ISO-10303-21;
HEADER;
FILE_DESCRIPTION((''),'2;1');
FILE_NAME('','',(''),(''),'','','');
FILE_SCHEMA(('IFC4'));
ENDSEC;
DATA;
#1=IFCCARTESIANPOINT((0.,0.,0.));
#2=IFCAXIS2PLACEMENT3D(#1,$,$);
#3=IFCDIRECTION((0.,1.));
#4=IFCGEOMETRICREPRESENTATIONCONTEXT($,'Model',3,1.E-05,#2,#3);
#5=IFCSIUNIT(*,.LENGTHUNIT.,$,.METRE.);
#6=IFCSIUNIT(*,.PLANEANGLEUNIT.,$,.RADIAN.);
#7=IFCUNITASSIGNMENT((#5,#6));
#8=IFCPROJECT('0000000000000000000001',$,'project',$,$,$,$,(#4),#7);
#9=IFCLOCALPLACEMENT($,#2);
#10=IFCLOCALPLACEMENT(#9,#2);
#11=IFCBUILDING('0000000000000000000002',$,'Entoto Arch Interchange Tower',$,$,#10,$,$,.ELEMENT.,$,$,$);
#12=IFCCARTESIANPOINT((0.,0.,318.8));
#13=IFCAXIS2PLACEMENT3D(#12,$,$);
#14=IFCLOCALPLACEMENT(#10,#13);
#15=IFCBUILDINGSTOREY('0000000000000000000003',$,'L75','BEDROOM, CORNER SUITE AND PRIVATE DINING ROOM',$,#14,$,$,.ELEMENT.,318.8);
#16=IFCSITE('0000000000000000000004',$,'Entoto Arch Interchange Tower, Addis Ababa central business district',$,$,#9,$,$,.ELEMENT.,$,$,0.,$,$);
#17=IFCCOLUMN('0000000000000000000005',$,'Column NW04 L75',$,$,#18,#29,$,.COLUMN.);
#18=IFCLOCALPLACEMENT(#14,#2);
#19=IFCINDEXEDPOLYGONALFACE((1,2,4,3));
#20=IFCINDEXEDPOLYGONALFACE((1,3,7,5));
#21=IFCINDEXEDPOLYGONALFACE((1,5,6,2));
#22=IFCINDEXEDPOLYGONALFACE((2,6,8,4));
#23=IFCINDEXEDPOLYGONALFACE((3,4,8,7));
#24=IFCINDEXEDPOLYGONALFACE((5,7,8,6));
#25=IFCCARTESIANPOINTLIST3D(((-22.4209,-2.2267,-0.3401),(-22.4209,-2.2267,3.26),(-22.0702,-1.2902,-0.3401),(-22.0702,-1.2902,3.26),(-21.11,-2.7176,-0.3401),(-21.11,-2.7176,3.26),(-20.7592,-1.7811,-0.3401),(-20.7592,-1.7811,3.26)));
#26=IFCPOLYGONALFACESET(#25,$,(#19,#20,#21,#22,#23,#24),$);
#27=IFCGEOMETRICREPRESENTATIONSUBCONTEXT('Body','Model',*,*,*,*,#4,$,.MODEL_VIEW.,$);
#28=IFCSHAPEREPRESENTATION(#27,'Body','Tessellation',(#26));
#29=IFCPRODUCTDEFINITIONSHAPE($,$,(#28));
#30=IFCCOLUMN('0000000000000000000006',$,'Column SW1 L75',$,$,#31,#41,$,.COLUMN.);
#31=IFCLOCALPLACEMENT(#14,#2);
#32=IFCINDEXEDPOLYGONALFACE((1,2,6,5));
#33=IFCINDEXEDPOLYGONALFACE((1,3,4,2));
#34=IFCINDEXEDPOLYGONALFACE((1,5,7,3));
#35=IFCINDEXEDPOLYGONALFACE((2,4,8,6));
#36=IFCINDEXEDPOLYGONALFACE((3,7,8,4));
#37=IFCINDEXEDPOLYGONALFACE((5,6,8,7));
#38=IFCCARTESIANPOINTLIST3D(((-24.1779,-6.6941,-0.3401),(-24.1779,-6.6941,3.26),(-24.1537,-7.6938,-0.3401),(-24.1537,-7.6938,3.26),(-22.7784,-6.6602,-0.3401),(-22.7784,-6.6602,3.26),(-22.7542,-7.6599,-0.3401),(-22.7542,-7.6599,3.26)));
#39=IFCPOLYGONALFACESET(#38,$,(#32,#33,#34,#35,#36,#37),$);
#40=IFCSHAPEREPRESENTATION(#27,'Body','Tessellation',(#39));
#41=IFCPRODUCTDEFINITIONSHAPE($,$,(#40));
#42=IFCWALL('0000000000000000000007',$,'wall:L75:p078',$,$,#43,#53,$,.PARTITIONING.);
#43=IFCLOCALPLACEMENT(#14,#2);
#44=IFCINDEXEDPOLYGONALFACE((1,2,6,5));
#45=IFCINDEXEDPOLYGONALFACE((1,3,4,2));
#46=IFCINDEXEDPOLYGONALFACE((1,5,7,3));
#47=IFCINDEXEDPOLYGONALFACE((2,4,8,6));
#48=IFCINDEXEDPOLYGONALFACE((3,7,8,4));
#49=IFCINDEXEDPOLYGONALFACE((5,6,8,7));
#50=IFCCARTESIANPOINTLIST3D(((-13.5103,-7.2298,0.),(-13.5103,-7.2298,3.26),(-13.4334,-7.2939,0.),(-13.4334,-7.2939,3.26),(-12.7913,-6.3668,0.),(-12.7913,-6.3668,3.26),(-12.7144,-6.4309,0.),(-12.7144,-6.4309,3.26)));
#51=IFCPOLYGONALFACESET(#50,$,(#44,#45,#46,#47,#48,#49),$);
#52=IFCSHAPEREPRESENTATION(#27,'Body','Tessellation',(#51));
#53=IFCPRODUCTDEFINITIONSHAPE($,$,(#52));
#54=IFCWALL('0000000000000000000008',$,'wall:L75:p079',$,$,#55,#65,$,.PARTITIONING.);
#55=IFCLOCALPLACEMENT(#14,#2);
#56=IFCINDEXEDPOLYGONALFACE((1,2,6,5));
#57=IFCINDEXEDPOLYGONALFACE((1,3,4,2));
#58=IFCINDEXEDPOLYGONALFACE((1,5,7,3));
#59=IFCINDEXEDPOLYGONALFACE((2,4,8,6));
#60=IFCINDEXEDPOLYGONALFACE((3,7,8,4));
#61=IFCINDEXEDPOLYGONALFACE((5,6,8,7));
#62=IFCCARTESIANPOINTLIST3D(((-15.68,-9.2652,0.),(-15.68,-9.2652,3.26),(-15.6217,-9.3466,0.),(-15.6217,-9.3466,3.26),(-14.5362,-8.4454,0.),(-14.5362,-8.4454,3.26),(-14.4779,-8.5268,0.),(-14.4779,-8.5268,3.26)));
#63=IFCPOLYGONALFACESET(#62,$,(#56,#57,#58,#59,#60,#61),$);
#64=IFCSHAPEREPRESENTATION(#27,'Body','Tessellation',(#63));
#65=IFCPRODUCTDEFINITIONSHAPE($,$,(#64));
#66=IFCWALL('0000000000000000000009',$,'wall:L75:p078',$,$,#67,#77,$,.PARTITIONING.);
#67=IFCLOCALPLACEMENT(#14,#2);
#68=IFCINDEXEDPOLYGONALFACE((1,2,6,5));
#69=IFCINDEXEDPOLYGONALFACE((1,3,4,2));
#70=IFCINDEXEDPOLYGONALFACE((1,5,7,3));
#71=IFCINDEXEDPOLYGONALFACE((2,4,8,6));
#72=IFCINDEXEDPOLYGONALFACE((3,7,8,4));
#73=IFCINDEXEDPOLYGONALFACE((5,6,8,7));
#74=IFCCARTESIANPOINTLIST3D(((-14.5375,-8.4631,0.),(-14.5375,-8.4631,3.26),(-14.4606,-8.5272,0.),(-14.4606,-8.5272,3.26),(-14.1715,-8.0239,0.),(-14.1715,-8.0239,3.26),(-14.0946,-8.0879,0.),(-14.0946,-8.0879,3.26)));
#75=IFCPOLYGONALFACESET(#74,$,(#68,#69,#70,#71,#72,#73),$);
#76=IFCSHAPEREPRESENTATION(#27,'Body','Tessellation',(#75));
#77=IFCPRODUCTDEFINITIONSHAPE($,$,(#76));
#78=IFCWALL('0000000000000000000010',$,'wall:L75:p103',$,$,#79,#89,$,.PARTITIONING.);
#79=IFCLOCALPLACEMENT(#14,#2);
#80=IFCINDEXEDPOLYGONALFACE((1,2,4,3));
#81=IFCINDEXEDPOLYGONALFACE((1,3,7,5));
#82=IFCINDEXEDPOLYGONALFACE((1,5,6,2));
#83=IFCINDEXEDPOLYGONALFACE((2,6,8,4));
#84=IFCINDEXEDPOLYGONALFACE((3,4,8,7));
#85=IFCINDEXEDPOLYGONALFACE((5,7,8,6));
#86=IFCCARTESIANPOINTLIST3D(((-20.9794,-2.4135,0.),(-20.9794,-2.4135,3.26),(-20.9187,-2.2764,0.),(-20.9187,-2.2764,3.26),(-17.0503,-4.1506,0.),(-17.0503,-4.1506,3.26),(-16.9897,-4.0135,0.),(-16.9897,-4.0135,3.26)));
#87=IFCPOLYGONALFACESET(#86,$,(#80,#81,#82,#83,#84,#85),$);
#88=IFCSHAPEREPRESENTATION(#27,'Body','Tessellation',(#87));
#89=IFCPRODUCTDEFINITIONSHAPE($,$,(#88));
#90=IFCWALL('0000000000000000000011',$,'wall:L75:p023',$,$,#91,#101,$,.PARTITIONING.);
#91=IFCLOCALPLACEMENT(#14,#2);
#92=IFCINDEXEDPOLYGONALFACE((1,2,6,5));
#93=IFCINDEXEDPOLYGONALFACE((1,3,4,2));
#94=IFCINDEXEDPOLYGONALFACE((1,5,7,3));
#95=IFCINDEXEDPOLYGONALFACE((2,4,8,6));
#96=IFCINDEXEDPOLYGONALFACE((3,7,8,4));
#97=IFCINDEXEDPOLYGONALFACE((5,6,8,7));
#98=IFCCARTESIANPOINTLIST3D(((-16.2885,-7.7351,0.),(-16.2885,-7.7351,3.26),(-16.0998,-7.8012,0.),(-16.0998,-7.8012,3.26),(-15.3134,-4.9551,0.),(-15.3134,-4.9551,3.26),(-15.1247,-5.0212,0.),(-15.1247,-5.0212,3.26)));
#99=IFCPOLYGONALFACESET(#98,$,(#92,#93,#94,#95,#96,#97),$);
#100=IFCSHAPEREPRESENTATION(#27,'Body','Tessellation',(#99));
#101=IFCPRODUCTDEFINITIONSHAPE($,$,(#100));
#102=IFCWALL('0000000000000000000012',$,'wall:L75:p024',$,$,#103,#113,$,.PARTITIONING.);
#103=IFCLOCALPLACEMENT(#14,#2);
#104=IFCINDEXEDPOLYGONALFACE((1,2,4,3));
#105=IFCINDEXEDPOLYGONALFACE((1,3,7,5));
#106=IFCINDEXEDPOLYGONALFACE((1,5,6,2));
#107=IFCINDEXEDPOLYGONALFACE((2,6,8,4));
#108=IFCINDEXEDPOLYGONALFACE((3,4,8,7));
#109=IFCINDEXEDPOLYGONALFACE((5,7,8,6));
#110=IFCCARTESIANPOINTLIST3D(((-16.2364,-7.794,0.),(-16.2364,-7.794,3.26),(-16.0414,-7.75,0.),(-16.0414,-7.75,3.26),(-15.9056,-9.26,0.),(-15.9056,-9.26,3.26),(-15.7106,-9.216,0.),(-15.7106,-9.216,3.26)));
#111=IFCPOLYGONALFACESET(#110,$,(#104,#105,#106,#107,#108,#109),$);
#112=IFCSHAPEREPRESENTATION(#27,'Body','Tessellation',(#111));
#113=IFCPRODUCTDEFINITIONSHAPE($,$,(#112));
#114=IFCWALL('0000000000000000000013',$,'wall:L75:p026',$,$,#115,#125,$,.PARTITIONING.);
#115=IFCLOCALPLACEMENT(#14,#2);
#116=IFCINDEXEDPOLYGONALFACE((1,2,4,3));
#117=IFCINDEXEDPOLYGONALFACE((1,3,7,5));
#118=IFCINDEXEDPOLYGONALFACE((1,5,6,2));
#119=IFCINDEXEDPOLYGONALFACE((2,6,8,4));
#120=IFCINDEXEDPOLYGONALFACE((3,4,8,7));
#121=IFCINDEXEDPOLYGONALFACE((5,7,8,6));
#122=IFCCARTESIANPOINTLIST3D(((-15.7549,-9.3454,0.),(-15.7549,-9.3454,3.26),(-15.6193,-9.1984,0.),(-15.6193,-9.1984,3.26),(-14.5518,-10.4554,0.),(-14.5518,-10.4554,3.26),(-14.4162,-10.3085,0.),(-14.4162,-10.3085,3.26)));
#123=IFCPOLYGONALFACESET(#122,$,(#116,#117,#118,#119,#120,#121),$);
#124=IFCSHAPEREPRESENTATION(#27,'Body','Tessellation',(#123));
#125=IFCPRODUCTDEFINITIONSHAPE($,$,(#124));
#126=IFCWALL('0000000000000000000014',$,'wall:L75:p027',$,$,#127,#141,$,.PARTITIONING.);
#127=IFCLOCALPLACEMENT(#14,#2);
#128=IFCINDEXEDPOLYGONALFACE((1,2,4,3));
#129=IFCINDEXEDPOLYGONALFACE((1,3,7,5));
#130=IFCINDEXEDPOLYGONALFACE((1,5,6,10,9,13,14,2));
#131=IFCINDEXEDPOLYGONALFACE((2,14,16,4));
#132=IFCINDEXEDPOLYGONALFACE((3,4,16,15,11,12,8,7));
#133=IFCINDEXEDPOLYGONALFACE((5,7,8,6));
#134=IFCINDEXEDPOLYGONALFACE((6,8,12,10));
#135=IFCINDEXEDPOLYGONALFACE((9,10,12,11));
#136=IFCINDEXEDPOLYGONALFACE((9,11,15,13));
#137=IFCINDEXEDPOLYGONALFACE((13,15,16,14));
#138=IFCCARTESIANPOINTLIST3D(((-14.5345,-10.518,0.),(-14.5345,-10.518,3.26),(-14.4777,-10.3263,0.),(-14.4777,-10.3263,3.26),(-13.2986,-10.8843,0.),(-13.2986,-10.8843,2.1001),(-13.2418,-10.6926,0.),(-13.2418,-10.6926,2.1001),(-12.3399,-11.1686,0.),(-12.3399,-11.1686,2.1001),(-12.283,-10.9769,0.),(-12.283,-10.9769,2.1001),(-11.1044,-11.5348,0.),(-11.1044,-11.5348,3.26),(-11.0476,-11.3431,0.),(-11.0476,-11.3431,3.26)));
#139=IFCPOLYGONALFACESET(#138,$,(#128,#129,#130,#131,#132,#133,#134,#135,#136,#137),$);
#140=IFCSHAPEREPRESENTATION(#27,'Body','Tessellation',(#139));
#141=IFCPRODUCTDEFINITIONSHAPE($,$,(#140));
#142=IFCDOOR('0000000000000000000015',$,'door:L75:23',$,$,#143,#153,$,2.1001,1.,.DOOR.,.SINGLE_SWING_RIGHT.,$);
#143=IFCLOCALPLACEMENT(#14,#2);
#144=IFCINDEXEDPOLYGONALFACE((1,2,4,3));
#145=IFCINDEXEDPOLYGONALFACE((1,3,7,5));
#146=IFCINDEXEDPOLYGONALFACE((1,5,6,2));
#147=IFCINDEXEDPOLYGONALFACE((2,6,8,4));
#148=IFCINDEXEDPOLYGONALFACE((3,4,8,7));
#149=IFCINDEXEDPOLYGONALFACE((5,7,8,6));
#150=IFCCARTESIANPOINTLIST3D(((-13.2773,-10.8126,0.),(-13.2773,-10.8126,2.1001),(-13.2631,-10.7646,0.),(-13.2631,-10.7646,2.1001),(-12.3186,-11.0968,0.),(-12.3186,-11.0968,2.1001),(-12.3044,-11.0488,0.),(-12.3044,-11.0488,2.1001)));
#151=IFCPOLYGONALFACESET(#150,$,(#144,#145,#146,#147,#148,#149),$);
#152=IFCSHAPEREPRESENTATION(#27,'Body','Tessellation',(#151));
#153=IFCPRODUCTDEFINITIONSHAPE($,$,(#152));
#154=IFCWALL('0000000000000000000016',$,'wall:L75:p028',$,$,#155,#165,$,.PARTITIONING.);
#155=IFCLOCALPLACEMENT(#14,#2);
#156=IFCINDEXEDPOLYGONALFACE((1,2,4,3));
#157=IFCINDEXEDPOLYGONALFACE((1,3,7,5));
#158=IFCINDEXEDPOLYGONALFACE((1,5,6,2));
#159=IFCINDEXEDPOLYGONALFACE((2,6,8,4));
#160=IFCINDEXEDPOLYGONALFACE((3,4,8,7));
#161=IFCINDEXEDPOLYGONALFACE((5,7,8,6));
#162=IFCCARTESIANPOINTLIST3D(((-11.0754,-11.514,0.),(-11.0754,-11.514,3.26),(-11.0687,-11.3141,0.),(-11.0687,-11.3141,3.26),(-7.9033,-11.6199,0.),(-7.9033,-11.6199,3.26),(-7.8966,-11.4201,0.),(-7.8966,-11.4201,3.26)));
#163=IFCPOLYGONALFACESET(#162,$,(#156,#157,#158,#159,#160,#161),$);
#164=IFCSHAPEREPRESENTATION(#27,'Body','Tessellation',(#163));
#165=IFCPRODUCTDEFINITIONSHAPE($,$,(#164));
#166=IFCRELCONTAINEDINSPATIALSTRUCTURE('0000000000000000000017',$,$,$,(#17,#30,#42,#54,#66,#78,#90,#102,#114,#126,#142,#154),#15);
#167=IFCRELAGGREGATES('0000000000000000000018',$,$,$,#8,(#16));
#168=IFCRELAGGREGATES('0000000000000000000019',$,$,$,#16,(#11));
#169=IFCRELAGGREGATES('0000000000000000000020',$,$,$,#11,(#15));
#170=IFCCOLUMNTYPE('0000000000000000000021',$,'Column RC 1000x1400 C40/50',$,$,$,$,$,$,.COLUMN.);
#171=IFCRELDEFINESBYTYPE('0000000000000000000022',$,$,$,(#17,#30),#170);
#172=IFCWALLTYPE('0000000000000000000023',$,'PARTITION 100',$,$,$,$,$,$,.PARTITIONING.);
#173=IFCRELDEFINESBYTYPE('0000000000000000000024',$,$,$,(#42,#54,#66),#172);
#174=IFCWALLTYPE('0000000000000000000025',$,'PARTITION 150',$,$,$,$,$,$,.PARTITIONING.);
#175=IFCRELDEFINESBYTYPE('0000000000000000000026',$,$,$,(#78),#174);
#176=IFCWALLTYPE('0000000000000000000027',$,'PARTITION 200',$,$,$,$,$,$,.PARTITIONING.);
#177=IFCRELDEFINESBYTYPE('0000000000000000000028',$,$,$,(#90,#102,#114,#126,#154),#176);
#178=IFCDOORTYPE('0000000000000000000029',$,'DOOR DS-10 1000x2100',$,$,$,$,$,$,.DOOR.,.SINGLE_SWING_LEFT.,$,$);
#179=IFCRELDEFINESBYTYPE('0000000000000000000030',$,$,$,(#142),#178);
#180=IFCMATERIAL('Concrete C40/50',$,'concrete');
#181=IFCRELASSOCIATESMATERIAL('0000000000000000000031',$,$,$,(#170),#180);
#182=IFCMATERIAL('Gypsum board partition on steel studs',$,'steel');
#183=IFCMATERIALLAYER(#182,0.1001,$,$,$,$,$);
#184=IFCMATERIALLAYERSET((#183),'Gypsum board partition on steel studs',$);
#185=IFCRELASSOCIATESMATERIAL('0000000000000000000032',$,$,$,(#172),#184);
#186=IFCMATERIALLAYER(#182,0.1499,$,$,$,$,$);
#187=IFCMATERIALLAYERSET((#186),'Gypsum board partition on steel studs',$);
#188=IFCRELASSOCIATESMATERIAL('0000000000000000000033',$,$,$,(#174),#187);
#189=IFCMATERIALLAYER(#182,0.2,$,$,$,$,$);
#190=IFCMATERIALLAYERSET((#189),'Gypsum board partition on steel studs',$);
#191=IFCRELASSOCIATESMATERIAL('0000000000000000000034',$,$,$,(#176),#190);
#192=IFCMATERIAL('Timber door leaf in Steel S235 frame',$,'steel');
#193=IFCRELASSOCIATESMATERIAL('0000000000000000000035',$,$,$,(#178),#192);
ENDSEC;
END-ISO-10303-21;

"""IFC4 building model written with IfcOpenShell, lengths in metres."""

from ifc_helpers import new_model, si_unit, direction, frame, frame_2d, origin, origin_2d, place, context, subcontext, project, spatial, rectangle, extrude, material, layer, layer_set, material_profile, profile_set, type_object, element, fill, save


model = new_model("IFC4")

# Units and contexts
model_context = context("Model", 3, precision=1e-05, world=origin(), true_north=direction((0.0, 1.0)))
body_context = subcontext(model_context, "Body", "Model", "MODEL_VIEW")
ifc_project = project(units=[si_unit("LENGTHUNIT", "METRE"), si_unit("PLANEANGLEUNIT", "RADIAN")], contexts=[model_context])

# Site, building, storey
site_placement = place(None, origin())
site = spatial("IfcSite", under=ifc_project, at=site_placement, Name="Entoto Arch Interchange Tower, Addis Ababa central business district", CompositionType="ELEMENT", RefElevation=0.0)
building_placement = place(site_placement, origin())
building = spatial("IfcBuilding", under=site, at=building_placement, Name="Entoto Arch Interchange Tower", CompositionType="ELEMENT")
storey_placement = place(building_placement, frame((0.0, 0.0, 318.8)))
storey = spatial("IfcBuildingStorey", under=building, at=storey_placement, Name="L75", Description="BEDROOM, CORNER SUITE AND PRIVATE DINING ROOM", CompositionType="ELEMENT", Elevation=318.8)

# Columns
ifc_material_1 = material(Name="Concrete C40/50", Category="concrete")
ifc_material_profile = material_profile(ifc_material_1, rectangle(XDim=1.0, YDim=1.3999, at=origin_2d()))
ifc_profile_set = profile_set([ifc_material_profile], Name="Concrete C40/50")
column_type = type_object("IfcColumnType", Name="Column RC 1000x1400 C40/50", PredefinedType="COLUMN", material=ifc_profile_set)
for number, where, z_axis, x_axis, name in (
    (1, (-21.5901, -2.0039, -0.3401), (0.0, 0.0, 1.0), (0.350714, 0.936483, 0.0), "Column NW04 L75"),
    (2, (-23.4661, -7.177, -0.3401), (0.0, 0.0, 1.0), (-0.024258, 0.999706, 0.0), "Column SW1 L75"),
):
    element("IfcColumn", number, at=place(storey_placement, frame(where, z_axis=z_axis, x_axis=x_axis)), inside=storey, type_object=column_type, Name=name, PredefinedType="COLUMN", context=body_context, shape_type="SweptSolid", body=[
        extrude(rectangle(XDim=1.0, YDim=1.3999, at=origin_2d()), origin(), (0.0, 0.0, 1.0), 3.6001),
    ])

# Walls
ifc_material_2 = material(Name="Gypsum board partition on steel studs", Category="steel")
ifc_layer_1 = layer(ifc_material_2, 0.1001)
ifc_layer_set_1 = layer_set([ifc_layer_1], Name="Gypsum board partition on steel studs")
wall_type_1 = type_object("IfcWallType", Name="PARTITION 100", PredefinedType="PARTITIONING", material=ifc_layer_set_1)
wall_1_placement = place(storey_placement, frame((-12.7529, -6.3989, 0.0), z_axis=(0.0, 0.0, 1.0), x_axis=(-0.640078, -0.76831, 0.0)))
element("IfcWall", 3, at=wall_1_placement, inside=storey, type_object=wall_type_1, Name="wall:L75:p078", PredefinedType="PARTITIONING", context=body_context, shape_type="SweptSolid", body=[
    extrude(rectangle(XDim=1.1233, YDim=0.1001, at=frame_2d((0.5615, 0.0))), origin(), (0.0, 0.0, 1.0), 3.26),
])
wall_2_placement = place(storey_placement, frame((-14.5071, -8.4861, 0.0), z_axis=(0.0, 0.0, 1.0), x_axis=(-0.812783, -0.582567, 0.0)))
element("IfcWall", 4, at=wall_2_placement, inside=storey, type_object=wall_type_1, Name="wall:L75:p079", PredefinedType="PARTITIONING", context=body_context, shape_type="SweptSolid", body=[
    extrude(rectangle(XDim=1.4072, YDim=0.1001, at=frame_2d((0.7036, 0.0))), origin(), (0.0, 0.0, 1.0), 3.26),
])
wall_3_placement = place(storey_placement, frame((-14.1331, -8.0559, 0.0), z_axis=(0.0, 0.0, 1.0), x_axis=(-0.640142, -0.768256, 0.0)))
element("IfcWall", 5, at=wall_3_placement, inside=storey, type_object=wall_type_1, Name="wall:L75:p078", PredefinedType="PARTITIONING", context=body_context, shape_type="SweptSolid", body=[
    extrude(rectangle(XDim=0.5718, YDim=0.1001, at=frame_2d((0.2859, 0.0))), origin(), (0.0, 0.0, 1.0), 3.26),
])
ifc_layer_2 = layer(ifc_material_2, 0.1499)
ifc_layer_set_2 = layer_set([ifc_layer_2], Name="Gypsum board partition on steel studs")
wall_type_2 = type_object("IfcWallType", Name="PARTITION 150", PredefinedType="PARTITIONING", material=ifc_layer_set_2)
wall_4_placement = place(storey_placement, frame((-17.02, -4.082, 0.0), z_axis=(0.0, 0.0, 1.0), x_axis=(-0.9146, 0.404361, 0.0)))
element("IfcWall", 6, at=wall_4_placement, inside=storey, type_object=wall_type_2, Name="wall:L75:p103", PredefinedType="PARTITIONING", context=body_context, shape_type="SweptSolid", body=[
    extrude(rectangle(XDim=4.2959, YDim=0.1499, at=frame_2d((2.1479, 0.0))), origin(), (0.0, 0.0, 1.0), 3.26),
])
ifc_layer_3 = layer(ifc_material_2, 0.2)
ifc_layer_set_3 = layer_set([ifc_layer_3], Name="Gypsum board partition on steel studs")
wall_type_3 = type_object("IfcWallType", Name="PARTITION 200", PredefinedType="PARTITIONING", material=ifc_layer_set_3)
wall_5_placement = place(storey_placement, frame((-15.219, -4.988, 0.0), z_axis=(0.0, 0.0, 1.0), x_axis=(-0.330982, -0.943637, 0.0)))
element("IfcWall", 7, at=wall_5_placement, inside=storey, type_object=wall_type_3, Name="wall:L75:p023", PredefinedType="PARTITIONING", context=body_context, shape_type="SweptSolid", body=[
    extrude(rectangle(XDim=2.946, YDim=0.2, at=frame_2d((1.4731, 0.0))), origin(), (0.0, 0.0, 1.0), 3.26),
])
wall_6_placement = place(storey_placement, frame((-16.1389, -7.772, 0.0), z_axis=(0.0, 0.0, 1.0), x_axis=(0.220111, -0.975475, 0.0)))
element("IfcWall", 8, at=wall_6_placement, inside=storey, type_object=wall_type_3, Name="wall:L75:p024", PredefinedType="PARTITIONING", context=body_context, shape_type="SweptSolid", body=[
    extrude(rectangle(XDim=1.5029, YDim=0.2, at=frame_2d((0.7515, 0.0))), origin(), (0.0, 0.0, 1.0), 3.26),
])
wall_7_placement = place(storey_placement, frame((-15.687, -9.272, 0.0), z_axis=(0.0, 0.0, 1.0), x_axis=(0.734946, -0.678125, 0.0)))
element("IfcWall", 9, at=wall_7_placement, inside=storey, type_object=wall_type_3, Name="wall:L75:p026", PredefinedType="PARTITIONING", context=body_context, shape_type="SweptSolid", body=[
    extrude(rectangle(XDim=1.637, YDim=0.2, at=frame_2d((0.8184, 0.0))), origin(), (0.0, 0.0, 1.0), 3.26),
])

# Wall, opening, door
wall_8_placement = place(storey_placement, frame((-14.5061, -10.4221, 0.0), z_axis=(0.0, 0.0, 1.0), x_axis=(0.95876, -0.284216, 0.0)))
wall_8 = element("IfcWall", 10, at=wall_8_placement, inside=storey, type_object=wall_type_3, Name="wall:L75:p027", PredefinedType="PARTITIONING", context=body_context, shape_type="SweptSolid", body=[
    extrude(rectangle(XDim=3.5776, YDim=0.2, at=frame_2d((1.7888, 0.0))), origin(), (0.0, 0.0, 1.0), 3.26),
])
opening_1_placement = place(wall_8_placement, frame((1.2891, 0.0, 0.0)))
opening_1 = element("IfcOpeningElement", 11, at=opening_1_placement, cuts=wall_8, PredefinedType="OPENING", context=body_context, shape_type="SweptSolid", body=[
    extrude(rectangle(XDim=1.0, YDim=2.1001, at=frame_2d((0.5, 1.05))), frame((0.0, 0.1099, 0.0), z_axis=(0.0, -1.0, 0.0), x_axis=(1.0, 0.0, 0.0)), (0.0, 0.0, 1.0), 0.22),
])
ifc_material_3 = material(Name="Timber door leaf in Steel S235 frame", Category="steel")
door_type_1 = type_object("IfcDoorType", Name="DOOR DS-10 1000x2100", OperationType="SINGLE_SWING_LEFT", PredefinedType="DOOR", material=ifc_material_3)
door_1_placement = place(opening_1_placement, origin())
door_1 = element("IfcDoor", 12, at=door_1_placement, inside=storey, type_object=door_type_1, Name="door:L75:23", OperationType="SINGLE_SWING_RIGHT", OverallHeight=2.1001, OverallWidth=1.0, PredefinedType="DOOR", context=body_context, shape_type="SweptSolid", body=[
    extrude(rectangle(XDim=1.0, YDim=2.1001, at=frame_2d((0.5, 1.05))), frame((0.0, 0.0249, 0.0), z_axis=(0.0, -1.0, 0.0), x_axis=(1.0, 0.0, 0.0)), (0.0, 0.0, 1.0), 0.05),
])
fill(opening_1, door_1)

# Wall
wall_9_placement = place(storey_placement, frame((-11.072, -11.4141, 0.0), z_axis=(0.0, 0.0, 1.0), x_axis=(0.999443, -0.033384, 0.0)))
element("IfcWall", 13, at=wall_9_placement, inside=storey, type_object=wall_type_3, Name="wall:L75:p028", PredefinedType="PARTITIONING", context=body_context, shape_type="SweptSolid", body=[
    extrude(rectangle(XDim=3.1738, YDim=0.2, at=frame_2d((1.5869, 0.0))), origin(), (0.0, 0.0, 1.0), 3.26),
])

save(model, "model.ifc")
